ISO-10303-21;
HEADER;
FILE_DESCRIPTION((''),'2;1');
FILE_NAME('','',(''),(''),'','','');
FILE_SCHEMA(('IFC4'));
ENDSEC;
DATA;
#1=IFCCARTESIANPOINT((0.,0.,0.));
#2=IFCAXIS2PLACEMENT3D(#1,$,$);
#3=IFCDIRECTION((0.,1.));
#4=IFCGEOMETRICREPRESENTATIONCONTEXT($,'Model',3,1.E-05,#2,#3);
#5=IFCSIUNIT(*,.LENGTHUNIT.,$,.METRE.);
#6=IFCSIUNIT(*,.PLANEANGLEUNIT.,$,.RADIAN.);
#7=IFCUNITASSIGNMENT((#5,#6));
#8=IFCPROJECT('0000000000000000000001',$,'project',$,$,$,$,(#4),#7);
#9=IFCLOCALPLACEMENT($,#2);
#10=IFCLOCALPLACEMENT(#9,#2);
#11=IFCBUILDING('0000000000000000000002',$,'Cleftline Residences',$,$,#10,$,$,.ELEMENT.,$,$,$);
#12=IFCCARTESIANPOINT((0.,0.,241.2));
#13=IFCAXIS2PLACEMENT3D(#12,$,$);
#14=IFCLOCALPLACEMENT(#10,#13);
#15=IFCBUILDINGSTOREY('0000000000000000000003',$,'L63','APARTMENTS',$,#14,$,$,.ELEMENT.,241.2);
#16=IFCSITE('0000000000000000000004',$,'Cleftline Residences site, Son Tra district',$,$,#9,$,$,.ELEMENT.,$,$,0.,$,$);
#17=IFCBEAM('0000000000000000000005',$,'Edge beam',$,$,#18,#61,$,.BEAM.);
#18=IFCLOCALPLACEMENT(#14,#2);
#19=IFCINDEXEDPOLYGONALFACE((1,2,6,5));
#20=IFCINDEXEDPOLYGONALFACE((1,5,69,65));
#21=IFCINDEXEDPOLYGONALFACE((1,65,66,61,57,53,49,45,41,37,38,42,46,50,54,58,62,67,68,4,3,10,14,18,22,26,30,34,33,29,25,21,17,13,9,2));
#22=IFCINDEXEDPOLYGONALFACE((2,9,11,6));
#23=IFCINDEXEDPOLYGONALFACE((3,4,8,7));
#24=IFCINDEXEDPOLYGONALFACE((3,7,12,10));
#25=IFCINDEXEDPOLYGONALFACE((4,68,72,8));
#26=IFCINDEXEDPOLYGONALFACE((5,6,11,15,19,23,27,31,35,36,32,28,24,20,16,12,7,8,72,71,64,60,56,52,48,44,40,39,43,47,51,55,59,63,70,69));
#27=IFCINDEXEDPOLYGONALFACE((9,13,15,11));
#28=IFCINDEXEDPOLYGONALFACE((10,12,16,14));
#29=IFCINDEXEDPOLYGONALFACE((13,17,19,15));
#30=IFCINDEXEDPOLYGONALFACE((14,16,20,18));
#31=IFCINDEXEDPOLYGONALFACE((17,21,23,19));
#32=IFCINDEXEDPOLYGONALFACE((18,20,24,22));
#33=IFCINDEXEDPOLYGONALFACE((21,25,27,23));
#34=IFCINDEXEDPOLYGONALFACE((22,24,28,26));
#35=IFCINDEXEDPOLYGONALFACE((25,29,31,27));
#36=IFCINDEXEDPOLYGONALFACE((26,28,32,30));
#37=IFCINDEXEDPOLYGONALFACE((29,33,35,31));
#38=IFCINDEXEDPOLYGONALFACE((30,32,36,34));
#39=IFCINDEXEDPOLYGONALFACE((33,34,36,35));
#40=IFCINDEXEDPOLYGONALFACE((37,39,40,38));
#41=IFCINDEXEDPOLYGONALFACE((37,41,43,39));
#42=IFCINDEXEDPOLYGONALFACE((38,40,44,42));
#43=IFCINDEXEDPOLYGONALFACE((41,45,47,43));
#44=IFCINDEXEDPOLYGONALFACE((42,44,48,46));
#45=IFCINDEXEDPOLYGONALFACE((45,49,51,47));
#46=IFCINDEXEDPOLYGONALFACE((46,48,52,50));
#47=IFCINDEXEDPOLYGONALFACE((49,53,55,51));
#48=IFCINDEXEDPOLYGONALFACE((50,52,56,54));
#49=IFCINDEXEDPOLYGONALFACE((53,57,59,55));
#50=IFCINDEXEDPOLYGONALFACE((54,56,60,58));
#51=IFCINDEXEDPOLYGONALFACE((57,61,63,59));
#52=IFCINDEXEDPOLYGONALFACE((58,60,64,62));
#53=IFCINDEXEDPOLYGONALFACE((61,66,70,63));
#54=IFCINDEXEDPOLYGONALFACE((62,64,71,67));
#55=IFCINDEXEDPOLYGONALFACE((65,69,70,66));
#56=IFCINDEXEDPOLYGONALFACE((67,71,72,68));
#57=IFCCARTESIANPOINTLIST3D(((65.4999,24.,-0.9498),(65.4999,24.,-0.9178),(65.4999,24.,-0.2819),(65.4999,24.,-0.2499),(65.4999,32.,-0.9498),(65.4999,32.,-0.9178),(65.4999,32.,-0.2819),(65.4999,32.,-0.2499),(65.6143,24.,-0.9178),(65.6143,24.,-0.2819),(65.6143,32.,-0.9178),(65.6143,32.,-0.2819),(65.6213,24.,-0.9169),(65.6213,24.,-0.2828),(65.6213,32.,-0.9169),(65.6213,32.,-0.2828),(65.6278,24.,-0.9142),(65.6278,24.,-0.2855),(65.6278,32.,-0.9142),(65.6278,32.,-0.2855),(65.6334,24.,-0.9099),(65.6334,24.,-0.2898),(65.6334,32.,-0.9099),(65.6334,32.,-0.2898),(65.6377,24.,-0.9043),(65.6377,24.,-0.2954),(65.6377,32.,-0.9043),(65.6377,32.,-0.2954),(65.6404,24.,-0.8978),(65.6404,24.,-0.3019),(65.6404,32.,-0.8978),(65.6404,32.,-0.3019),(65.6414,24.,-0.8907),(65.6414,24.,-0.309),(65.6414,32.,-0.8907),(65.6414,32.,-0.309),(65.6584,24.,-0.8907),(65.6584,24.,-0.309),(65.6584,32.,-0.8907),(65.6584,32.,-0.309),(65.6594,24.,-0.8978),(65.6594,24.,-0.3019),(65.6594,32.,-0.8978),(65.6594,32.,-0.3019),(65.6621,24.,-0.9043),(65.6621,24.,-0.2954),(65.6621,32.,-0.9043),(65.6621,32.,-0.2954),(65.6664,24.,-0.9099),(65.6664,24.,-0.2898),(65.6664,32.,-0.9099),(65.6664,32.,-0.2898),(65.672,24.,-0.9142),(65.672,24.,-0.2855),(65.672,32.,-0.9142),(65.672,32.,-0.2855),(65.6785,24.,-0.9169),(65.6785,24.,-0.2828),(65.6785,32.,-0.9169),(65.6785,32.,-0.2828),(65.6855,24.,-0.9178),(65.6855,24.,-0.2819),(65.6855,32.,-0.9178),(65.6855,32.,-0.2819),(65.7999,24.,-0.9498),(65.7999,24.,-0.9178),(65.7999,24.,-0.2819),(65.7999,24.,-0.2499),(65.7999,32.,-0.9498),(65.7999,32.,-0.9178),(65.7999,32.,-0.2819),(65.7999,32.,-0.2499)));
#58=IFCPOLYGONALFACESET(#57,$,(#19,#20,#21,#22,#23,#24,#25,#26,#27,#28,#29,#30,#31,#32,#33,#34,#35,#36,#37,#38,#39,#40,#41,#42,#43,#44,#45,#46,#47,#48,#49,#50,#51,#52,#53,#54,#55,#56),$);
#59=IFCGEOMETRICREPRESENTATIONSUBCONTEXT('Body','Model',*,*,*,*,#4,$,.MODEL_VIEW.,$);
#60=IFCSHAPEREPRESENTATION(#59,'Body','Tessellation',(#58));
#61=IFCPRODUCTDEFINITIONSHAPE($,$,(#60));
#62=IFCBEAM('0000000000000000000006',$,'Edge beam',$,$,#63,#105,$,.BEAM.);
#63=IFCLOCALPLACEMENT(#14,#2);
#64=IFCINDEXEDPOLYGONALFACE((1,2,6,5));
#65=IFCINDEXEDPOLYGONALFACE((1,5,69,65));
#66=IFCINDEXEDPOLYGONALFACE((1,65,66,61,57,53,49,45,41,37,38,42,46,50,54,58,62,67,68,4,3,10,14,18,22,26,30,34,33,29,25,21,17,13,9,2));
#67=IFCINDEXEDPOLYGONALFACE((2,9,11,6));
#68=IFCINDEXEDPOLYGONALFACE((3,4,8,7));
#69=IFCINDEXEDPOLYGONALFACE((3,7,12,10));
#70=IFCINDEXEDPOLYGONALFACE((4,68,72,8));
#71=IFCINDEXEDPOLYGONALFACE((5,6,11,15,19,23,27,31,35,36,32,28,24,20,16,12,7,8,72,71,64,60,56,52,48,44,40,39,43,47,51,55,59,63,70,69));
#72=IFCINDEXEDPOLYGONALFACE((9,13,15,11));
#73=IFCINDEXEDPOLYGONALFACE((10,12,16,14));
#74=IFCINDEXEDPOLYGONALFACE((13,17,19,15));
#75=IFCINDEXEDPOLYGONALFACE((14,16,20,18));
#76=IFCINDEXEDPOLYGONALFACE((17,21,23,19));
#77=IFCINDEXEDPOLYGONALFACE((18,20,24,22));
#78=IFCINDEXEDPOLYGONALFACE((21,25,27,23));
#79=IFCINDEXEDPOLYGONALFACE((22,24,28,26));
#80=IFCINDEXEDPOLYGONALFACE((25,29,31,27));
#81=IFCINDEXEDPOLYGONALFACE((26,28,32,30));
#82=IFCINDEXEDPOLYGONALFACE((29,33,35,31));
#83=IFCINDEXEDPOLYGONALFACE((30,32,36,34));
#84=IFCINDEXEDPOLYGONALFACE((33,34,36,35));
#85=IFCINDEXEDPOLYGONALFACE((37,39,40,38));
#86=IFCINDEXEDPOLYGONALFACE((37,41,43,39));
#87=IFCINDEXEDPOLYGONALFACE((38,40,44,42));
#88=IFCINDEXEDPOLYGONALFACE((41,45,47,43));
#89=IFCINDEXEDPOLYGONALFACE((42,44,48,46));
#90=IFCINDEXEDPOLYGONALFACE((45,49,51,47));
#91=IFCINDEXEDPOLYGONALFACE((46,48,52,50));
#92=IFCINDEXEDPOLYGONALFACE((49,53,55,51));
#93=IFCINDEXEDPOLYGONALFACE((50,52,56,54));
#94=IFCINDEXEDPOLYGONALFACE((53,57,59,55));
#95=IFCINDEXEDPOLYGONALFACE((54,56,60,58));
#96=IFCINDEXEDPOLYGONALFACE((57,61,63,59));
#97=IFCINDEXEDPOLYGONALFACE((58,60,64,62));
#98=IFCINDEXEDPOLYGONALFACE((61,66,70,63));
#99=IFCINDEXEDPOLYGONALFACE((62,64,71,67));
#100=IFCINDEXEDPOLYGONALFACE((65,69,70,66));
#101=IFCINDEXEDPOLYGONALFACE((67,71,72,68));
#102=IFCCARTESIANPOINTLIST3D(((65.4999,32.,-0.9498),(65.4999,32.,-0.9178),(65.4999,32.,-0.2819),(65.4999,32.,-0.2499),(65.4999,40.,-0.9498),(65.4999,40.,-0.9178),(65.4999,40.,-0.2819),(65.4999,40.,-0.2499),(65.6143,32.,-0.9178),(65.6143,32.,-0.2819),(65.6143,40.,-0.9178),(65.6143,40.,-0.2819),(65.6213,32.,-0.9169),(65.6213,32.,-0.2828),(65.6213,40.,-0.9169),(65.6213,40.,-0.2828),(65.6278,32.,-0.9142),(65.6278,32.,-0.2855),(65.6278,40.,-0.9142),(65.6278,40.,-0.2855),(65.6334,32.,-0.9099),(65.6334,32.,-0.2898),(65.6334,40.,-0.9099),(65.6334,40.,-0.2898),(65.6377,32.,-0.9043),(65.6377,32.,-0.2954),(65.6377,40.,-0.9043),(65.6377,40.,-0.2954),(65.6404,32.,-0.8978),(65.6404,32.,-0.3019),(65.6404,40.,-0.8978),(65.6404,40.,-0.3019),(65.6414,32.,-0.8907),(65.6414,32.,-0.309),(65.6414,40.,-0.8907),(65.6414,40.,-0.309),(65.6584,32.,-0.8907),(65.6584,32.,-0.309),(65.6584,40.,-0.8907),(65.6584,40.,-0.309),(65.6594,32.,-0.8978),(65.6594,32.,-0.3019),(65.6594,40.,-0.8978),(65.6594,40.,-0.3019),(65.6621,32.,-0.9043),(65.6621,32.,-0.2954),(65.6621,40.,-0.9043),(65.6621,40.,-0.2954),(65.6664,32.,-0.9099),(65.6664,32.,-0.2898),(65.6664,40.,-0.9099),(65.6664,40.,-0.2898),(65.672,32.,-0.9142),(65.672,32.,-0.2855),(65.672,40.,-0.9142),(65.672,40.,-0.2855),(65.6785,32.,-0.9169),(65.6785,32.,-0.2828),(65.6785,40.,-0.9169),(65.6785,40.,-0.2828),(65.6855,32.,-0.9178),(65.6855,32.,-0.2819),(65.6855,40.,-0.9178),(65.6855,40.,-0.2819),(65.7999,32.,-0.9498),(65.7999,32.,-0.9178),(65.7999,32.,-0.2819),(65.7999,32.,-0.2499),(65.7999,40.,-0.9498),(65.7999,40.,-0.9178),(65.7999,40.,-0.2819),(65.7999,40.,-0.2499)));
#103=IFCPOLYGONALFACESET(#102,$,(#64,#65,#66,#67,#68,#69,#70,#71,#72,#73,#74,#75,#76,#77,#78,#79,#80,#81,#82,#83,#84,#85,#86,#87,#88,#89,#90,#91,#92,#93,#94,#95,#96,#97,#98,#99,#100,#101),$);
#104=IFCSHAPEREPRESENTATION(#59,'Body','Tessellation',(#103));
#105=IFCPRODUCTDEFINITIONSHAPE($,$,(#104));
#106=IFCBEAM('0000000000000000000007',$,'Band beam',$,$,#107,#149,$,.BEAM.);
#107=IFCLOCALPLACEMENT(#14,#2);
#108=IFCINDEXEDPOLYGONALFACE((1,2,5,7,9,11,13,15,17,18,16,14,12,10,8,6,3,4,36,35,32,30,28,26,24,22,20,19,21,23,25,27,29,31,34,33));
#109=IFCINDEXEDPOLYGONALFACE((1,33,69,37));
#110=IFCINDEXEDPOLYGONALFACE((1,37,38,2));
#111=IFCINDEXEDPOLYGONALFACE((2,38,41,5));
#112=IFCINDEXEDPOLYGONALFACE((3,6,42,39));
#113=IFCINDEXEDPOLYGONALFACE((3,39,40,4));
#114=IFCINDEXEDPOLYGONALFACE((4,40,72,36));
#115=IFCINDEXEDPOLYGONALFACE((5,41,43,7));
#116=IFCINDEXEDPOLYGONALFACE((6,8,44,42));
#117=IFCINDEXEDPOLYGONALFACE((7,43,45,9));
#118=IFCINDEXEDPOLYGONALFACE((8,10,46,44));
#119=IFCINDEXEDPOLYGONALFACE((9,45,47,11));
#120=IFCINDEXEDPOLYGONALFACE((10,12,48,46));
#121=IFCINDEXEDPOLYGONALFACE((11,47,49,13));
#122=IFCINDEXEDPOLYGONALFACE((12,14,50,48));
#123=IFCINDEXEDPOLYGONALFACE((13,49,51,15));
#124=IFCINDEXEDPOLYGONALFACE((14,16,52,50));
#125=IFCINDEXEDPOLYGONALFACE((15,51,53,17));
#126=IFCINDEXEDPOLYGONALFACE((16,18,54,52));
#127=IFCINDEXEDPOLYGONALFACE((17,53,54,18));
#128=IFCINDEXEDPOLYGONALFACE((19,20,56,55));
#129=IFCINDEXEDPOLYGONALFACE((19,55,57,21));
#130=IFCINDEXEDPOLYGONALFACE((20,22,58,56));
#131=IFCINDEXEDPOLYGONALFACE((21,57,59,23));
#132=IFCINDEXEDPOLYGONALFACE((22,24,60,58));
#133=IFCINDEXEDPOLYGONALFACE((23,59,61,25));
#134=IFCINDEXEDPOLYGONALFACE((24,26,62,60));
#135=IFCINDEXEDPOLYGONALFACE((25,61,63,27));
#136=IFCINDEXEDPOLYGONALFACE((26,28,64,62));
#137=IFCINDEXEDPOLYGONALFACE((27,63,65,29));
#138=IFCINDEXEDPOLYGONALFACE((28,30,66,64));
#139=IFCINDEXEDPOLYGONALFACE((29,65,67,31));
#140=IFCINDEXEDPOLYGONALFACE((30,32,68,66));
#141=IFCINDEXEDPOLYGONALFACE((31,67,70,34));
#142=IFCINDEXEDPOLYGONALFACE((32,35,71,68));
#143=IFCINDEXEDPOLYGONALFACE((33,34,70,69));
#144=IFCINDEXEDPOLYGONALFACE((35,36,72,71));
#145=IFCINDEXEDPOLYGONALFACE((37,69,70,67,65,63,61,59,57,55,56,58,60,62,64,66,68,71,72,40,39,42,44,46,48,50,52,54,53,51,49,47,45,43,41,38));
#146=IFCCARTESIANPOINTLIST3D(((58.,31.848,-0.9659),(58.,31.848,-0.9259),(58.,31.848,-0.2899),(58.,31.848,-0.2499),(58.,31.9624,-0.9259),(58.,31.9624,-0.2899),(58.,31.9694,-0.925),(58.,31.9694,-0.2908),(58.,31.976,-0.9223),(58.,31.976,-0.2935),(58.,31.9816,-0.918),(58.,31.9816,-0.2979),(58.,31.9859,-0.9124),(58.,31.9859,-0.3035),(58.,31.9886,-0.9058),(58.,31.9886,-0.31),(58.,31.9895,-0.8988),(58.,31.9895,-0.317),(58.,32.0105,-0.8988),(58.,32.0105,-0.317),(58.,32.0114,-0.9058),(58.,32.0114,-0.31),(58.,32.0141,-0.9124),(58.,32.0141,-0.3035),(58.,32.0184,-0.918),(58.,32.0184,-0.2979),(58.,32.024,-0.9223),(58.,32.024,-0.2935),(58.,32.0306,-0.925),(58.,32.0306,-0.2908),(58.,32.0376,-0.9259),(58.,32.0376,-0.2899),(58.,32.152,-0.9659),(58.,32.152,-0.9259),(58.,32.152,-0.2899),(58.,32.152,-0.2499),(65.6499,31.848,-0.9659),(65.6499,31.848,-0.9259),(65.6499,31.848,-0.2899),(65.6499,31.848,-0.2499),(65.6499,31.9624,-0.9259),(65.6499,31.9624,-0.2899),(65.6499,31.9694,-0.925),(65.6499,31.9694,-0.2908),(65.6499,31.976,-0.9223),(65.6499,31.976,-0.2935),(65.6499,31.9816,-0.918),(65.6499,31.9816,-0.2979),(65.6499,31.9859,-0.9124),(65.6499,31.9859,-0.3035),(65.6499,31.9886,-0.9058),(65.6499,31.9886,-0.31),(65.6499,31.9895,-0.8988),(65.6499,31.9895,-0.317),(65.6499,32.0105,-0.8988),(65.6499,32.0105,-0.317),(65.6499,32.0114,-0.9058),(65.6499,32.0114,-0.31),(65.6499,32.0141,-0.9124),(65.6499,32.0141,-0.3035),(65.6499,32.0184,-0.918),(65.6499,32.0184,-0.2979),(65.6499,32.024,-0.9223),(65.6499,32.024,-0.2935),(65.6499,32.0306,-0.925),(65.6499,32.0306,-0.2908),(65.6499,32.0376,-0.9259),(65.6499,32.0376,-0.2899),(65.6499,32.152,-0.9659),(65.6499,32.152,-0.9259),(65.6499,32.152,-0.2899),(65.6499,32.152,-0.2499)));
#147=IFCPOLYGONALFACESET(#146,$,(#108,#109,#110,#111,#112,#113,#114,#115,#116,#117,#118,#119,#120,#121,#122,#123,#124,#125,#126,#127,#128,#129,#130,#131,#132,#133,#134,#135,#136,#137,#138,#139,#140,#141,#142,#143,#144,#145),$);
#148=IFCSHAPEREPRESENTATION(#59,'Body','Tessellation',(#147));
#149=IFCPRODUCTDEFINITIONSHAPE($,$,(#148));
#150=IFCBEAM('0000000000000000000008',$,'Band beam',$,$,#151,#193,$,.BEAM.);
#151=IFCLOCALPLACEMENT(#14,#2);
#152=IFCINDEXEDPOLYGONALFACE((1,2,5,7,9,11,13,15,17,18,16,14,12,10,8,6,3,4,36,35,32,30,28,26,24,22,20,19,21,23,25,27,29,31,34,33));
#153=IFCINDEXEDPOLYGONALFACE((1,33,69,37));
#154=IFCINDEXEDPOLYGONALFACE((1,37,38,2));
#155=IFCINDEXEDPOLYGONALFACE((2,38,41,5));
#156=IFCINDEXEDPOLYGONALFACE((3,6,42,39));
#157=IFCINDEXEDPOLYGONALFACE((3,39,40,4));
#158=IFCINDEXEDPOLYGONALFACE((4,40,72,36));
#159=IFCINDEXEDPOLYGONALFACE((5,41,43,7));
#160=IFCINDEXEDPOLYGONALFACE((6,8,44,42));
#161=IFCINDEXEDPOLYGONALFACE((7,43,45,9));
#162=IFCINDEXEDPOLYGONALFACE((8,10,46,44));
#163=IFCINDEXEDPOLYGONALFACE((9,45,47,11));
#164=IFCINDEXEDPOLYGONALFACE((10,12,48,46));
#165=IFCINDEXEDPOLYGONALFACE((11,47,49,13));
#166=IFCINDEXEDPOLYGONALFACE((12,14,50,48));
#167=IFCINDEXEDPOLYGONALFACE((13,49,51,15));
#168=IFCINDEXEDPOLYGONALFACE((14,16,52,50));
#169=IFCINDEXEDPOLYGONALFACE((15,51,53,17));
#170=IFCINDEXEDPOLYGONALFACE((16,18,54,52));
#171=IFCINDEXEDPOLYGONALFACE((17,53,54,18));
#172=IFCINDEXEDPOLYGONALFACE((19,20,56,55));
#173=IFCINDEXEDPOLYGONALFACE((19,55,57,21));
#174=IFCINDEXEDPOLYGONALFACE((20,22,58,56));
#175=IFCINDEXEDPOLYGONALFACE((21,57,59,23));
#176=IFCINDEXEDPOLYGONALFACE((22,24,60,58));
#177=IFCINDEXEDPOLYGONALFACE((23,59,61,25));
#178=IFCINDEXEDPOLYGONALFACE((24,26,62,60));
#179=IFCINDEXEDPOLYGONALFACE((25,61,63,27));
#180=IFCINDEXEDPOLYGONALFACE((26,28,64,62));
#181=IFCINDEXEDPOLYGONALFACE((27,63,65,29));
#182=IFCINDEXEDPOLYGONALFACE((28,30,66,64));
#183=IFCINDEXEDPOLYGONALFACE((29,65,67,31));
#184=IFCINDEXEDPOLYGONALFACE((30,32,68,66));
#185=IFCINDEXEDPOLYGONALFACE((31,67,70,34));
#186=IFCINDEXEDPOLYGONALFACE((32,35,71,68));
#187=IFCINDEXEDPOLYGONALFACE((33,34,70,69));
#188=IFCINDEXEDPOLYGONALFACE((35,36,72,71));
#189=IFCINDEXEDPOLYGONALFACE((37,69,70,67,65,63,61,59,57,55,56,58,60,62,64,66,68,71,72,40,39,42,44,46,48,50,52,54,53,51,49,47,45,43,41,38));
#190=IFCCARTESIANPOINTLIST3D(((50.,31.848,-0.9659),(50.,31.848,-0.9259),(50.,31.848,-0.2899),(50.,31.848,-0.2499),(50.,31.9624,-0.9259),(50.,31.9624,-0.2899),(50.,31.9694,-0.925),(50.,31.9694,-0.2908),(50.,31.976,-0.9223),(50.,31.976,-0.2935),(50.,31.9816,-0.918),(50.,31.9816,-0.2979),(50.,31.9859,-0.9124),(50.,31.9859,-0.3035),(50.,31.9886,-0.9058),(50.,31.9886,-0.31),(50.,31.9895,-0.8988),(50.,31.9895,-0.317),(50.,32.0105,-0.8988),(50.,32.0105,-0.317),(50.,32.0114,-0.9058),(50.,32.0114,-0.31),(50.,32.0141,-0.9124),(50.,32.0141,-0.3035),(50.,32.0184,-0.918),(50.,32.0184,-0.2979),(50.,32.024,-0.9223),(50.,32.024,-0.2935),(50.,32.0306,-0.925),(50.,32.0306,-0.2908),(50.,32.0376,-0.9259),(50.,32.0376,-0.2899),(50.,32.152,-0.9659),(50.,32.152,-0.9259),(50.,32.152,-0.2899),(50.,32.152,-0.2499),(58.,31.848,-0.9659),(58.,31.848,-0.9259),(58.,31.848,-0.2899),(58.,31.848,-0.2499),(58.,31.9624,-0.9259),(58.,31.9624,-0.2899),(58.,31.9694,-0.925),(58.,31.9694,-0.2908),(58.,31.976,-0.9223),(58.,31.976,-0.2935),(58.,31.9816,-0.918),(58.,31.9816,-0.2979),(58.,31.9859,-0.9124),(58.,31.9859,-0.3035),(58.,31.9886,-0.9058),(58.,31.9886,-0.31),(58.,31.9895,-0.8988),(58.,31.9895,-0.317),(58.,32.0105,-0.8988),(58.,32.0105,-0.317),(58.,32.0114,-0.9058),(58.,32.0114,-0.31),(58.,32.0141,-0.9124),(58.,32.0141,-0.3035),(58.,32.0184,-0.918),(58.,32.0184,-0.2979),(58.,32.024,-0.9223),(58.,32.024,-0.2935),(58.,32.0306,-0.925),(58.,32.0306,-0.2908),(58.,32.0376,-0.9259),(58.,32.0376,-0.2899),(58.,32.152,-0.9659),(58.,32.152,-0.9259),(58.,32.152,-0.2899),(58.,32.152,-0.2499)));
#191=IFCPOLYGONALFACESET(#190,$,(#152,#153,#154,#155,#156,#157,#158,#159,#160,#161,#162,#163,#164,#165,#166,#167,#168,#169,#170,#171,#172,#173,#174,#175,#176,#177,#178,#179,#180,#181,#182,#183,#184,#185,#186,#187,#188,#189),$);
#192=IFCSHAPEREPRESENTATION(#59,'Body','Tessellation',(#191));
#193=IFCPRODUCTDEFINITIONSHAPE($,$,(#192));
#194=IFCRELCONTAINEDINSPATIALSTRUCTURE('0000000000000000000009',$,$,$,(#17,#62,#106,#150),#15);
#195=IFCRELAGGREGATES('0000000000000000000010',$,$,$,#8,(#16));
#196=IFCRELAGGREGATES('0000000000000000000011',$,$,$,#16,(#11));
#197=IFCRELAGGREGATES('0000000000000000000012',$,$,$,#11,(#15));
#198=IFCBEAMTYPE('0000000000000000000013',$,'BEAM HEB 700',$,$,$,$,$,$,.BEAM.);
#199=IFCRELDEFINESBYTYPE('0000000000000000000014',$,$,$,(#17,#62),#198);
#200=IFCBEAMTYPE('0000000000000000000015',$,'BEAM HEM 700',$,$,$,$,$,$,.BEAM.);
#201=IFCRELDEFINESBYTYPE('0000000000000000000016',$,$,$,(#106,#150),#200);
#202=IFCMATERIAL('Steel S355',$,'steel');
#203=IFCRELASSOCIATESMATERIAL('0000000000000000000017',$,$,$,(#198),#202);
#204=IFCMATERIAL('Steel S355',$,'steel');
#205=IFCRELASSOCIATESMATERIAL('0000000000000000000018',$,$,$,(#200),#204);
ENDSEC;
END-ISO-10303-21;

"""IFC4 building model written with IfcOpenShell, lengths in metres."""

from ifc_helpers import new_model, si_unit, direction, frame, origin, origin_2d, place, context, subcontext, project, spatial, i_section, extrude, material, material_profile, profile_set, type_object, element, save


model = new_model("IFC4")

# Units and contexts
model_context = context("Model", 3, precision=1e-05, world=origin(), true_north=direction((0.0, 1.0)))
body_context = subcontext(model_context, "Body", "Model", "MODEL_VIEW")
ifc_project = project(units=[si_unit("LENGTHUNIT", "METRE"), si_unit("PLANEANGLEUNIT", "RADIAN")], contexts=[model_context])

# Site, building, storey
site_placement = place(None, origin())
site = spatial("IfcSite", under=ifc_project, at=site_placement, Name="Cleftline Residences site, Son Tra district", CompositionType="ELEMENT", RefElevation=0.0)
building_placement = place(site_placement, origin())
building = spatial("IfcBuilding", under=site, at=building_placement, Name="Cleftline Residences", CompositionType="ELEMENT")
storey_placement = place(building_placement, frame((0.0, 0.0, 241.2)))
storey = spatial("IfcBuildingStorey", under=building, at=storey_placement, Name="L63", Description="APARTMENTS", CompositionType="ELEMENT", Elevation=241.2)

# Beams
ifc_material_1 = material(Name="Steel S355", Category="steel")
ifc_material_profile_1 = material_profile(ifc_material_1, i_section(OverallWidth=0.3, OverallDepth=0.7, WebThickness=0.0171, FlangeThickness=0.032, FilletRadius=0.0271, at=origin_2d()))
ifc_profile_set_1 = profile_set([ifc_material_profile_1], Name="Steel S355")
beam_type_1 = type_object("IfcBeamType", Name="BEAM HEB 700", PredefinedType="BEAM", material=ifc_profile_set_1)
for number, where, z_axis, x_axis, name in (
    (1, (65.6499, 24.0, -0.5999), (0.0, 1.0, 0.0), (-1.0, 0.0, 0.0), "Edge beam"),
    (2, (65.6499, 32.0, -0.5999), (0.0, 1.0, 0.0), (-1.0, 0.0, 0.0), "Edge beam"),
):
    element("IfcBeam", number, at=place(storey_placement, frame(where, z_axis=z_axis, x_axis=x_axis)), inside=storey, type_object=beam_type_1, Name=name, PredefinedType="BEAM", context=body_context, shape_type="SweptSolid", body=[
        extrude(i_section(OverallWidth=0.3, OverallDepth=0.7, WebThickness=0.0171, FlangeThickness=0.032, FilletRadius=0.0271, at=origin_2d()), origin(), (0.0, 0.0, 1.0), 8.0),
    ])
ifc_material_2 = material(Name="Steel S355", Category="steel")
ifc_material_profile_2 = material_profile(ifc_material_2, i_section(OverallWidth=0.304, OverallDepth=0.7161, WebThickness=0.021, FlangeThickness=0.04, FilletRadius=0.0271, at=origin_2d()))
ifc_profile_set_2 = profile_set([ifc_material_profile_2], Name="Steel S355")
beam_type_2 = type_object("IfcBeamType", Name="BEAM HEM 700", PredefinedType="BEAM", material=ifc_profile_set_2)
beam_1_placement = place(storey_placement, frame((65.6499, 32.0, -0.6079), z_axis=(-1.0, 0.0, 0.0), x_axis=(0.0, -1.0, 0.0)))
element("IfcBeam", 3, at=beam_1_placement, inside=storey, type_object=beam_type_2, Name="Band beam", PredefinedType="BEAM", context=body_context, shape_type="SweptSolid", body=[
    extrude(i_section(OverallWidth=0.304, OverallDepth=0.7161, WebThickness=0.021, FlangeThickness=0.04, FilletRadius=0.0271, at=origin_2d()), origin(), (0.0, 0.0, 1.0), 7.6499),
])
beam_2_placement = place(storey_placement, frame((58.0, 32.0, -0.6079), z_axis=(-1.0, 0.0, 0.0), x_axis=(0.0, -1.0, 0.0)))
element("IfcBeam", 4, at=beam_2_placement, inside=storey, type_object=beam_type_2, Name="Band beam", PredefinedType="BEAM", context=body_context, shape_type="SweptSolid", body=[
    extrude(i_section(OverallWidth=0.304, OverallDepth=0.7161, WebThickness=0.021, FlangeThickness=0.04, FilletRadius=0.0271, at=origin_2d()), origin(), (0.0, 0.0, 1.0), 8.0),
])

save(model, "model.ifc")
